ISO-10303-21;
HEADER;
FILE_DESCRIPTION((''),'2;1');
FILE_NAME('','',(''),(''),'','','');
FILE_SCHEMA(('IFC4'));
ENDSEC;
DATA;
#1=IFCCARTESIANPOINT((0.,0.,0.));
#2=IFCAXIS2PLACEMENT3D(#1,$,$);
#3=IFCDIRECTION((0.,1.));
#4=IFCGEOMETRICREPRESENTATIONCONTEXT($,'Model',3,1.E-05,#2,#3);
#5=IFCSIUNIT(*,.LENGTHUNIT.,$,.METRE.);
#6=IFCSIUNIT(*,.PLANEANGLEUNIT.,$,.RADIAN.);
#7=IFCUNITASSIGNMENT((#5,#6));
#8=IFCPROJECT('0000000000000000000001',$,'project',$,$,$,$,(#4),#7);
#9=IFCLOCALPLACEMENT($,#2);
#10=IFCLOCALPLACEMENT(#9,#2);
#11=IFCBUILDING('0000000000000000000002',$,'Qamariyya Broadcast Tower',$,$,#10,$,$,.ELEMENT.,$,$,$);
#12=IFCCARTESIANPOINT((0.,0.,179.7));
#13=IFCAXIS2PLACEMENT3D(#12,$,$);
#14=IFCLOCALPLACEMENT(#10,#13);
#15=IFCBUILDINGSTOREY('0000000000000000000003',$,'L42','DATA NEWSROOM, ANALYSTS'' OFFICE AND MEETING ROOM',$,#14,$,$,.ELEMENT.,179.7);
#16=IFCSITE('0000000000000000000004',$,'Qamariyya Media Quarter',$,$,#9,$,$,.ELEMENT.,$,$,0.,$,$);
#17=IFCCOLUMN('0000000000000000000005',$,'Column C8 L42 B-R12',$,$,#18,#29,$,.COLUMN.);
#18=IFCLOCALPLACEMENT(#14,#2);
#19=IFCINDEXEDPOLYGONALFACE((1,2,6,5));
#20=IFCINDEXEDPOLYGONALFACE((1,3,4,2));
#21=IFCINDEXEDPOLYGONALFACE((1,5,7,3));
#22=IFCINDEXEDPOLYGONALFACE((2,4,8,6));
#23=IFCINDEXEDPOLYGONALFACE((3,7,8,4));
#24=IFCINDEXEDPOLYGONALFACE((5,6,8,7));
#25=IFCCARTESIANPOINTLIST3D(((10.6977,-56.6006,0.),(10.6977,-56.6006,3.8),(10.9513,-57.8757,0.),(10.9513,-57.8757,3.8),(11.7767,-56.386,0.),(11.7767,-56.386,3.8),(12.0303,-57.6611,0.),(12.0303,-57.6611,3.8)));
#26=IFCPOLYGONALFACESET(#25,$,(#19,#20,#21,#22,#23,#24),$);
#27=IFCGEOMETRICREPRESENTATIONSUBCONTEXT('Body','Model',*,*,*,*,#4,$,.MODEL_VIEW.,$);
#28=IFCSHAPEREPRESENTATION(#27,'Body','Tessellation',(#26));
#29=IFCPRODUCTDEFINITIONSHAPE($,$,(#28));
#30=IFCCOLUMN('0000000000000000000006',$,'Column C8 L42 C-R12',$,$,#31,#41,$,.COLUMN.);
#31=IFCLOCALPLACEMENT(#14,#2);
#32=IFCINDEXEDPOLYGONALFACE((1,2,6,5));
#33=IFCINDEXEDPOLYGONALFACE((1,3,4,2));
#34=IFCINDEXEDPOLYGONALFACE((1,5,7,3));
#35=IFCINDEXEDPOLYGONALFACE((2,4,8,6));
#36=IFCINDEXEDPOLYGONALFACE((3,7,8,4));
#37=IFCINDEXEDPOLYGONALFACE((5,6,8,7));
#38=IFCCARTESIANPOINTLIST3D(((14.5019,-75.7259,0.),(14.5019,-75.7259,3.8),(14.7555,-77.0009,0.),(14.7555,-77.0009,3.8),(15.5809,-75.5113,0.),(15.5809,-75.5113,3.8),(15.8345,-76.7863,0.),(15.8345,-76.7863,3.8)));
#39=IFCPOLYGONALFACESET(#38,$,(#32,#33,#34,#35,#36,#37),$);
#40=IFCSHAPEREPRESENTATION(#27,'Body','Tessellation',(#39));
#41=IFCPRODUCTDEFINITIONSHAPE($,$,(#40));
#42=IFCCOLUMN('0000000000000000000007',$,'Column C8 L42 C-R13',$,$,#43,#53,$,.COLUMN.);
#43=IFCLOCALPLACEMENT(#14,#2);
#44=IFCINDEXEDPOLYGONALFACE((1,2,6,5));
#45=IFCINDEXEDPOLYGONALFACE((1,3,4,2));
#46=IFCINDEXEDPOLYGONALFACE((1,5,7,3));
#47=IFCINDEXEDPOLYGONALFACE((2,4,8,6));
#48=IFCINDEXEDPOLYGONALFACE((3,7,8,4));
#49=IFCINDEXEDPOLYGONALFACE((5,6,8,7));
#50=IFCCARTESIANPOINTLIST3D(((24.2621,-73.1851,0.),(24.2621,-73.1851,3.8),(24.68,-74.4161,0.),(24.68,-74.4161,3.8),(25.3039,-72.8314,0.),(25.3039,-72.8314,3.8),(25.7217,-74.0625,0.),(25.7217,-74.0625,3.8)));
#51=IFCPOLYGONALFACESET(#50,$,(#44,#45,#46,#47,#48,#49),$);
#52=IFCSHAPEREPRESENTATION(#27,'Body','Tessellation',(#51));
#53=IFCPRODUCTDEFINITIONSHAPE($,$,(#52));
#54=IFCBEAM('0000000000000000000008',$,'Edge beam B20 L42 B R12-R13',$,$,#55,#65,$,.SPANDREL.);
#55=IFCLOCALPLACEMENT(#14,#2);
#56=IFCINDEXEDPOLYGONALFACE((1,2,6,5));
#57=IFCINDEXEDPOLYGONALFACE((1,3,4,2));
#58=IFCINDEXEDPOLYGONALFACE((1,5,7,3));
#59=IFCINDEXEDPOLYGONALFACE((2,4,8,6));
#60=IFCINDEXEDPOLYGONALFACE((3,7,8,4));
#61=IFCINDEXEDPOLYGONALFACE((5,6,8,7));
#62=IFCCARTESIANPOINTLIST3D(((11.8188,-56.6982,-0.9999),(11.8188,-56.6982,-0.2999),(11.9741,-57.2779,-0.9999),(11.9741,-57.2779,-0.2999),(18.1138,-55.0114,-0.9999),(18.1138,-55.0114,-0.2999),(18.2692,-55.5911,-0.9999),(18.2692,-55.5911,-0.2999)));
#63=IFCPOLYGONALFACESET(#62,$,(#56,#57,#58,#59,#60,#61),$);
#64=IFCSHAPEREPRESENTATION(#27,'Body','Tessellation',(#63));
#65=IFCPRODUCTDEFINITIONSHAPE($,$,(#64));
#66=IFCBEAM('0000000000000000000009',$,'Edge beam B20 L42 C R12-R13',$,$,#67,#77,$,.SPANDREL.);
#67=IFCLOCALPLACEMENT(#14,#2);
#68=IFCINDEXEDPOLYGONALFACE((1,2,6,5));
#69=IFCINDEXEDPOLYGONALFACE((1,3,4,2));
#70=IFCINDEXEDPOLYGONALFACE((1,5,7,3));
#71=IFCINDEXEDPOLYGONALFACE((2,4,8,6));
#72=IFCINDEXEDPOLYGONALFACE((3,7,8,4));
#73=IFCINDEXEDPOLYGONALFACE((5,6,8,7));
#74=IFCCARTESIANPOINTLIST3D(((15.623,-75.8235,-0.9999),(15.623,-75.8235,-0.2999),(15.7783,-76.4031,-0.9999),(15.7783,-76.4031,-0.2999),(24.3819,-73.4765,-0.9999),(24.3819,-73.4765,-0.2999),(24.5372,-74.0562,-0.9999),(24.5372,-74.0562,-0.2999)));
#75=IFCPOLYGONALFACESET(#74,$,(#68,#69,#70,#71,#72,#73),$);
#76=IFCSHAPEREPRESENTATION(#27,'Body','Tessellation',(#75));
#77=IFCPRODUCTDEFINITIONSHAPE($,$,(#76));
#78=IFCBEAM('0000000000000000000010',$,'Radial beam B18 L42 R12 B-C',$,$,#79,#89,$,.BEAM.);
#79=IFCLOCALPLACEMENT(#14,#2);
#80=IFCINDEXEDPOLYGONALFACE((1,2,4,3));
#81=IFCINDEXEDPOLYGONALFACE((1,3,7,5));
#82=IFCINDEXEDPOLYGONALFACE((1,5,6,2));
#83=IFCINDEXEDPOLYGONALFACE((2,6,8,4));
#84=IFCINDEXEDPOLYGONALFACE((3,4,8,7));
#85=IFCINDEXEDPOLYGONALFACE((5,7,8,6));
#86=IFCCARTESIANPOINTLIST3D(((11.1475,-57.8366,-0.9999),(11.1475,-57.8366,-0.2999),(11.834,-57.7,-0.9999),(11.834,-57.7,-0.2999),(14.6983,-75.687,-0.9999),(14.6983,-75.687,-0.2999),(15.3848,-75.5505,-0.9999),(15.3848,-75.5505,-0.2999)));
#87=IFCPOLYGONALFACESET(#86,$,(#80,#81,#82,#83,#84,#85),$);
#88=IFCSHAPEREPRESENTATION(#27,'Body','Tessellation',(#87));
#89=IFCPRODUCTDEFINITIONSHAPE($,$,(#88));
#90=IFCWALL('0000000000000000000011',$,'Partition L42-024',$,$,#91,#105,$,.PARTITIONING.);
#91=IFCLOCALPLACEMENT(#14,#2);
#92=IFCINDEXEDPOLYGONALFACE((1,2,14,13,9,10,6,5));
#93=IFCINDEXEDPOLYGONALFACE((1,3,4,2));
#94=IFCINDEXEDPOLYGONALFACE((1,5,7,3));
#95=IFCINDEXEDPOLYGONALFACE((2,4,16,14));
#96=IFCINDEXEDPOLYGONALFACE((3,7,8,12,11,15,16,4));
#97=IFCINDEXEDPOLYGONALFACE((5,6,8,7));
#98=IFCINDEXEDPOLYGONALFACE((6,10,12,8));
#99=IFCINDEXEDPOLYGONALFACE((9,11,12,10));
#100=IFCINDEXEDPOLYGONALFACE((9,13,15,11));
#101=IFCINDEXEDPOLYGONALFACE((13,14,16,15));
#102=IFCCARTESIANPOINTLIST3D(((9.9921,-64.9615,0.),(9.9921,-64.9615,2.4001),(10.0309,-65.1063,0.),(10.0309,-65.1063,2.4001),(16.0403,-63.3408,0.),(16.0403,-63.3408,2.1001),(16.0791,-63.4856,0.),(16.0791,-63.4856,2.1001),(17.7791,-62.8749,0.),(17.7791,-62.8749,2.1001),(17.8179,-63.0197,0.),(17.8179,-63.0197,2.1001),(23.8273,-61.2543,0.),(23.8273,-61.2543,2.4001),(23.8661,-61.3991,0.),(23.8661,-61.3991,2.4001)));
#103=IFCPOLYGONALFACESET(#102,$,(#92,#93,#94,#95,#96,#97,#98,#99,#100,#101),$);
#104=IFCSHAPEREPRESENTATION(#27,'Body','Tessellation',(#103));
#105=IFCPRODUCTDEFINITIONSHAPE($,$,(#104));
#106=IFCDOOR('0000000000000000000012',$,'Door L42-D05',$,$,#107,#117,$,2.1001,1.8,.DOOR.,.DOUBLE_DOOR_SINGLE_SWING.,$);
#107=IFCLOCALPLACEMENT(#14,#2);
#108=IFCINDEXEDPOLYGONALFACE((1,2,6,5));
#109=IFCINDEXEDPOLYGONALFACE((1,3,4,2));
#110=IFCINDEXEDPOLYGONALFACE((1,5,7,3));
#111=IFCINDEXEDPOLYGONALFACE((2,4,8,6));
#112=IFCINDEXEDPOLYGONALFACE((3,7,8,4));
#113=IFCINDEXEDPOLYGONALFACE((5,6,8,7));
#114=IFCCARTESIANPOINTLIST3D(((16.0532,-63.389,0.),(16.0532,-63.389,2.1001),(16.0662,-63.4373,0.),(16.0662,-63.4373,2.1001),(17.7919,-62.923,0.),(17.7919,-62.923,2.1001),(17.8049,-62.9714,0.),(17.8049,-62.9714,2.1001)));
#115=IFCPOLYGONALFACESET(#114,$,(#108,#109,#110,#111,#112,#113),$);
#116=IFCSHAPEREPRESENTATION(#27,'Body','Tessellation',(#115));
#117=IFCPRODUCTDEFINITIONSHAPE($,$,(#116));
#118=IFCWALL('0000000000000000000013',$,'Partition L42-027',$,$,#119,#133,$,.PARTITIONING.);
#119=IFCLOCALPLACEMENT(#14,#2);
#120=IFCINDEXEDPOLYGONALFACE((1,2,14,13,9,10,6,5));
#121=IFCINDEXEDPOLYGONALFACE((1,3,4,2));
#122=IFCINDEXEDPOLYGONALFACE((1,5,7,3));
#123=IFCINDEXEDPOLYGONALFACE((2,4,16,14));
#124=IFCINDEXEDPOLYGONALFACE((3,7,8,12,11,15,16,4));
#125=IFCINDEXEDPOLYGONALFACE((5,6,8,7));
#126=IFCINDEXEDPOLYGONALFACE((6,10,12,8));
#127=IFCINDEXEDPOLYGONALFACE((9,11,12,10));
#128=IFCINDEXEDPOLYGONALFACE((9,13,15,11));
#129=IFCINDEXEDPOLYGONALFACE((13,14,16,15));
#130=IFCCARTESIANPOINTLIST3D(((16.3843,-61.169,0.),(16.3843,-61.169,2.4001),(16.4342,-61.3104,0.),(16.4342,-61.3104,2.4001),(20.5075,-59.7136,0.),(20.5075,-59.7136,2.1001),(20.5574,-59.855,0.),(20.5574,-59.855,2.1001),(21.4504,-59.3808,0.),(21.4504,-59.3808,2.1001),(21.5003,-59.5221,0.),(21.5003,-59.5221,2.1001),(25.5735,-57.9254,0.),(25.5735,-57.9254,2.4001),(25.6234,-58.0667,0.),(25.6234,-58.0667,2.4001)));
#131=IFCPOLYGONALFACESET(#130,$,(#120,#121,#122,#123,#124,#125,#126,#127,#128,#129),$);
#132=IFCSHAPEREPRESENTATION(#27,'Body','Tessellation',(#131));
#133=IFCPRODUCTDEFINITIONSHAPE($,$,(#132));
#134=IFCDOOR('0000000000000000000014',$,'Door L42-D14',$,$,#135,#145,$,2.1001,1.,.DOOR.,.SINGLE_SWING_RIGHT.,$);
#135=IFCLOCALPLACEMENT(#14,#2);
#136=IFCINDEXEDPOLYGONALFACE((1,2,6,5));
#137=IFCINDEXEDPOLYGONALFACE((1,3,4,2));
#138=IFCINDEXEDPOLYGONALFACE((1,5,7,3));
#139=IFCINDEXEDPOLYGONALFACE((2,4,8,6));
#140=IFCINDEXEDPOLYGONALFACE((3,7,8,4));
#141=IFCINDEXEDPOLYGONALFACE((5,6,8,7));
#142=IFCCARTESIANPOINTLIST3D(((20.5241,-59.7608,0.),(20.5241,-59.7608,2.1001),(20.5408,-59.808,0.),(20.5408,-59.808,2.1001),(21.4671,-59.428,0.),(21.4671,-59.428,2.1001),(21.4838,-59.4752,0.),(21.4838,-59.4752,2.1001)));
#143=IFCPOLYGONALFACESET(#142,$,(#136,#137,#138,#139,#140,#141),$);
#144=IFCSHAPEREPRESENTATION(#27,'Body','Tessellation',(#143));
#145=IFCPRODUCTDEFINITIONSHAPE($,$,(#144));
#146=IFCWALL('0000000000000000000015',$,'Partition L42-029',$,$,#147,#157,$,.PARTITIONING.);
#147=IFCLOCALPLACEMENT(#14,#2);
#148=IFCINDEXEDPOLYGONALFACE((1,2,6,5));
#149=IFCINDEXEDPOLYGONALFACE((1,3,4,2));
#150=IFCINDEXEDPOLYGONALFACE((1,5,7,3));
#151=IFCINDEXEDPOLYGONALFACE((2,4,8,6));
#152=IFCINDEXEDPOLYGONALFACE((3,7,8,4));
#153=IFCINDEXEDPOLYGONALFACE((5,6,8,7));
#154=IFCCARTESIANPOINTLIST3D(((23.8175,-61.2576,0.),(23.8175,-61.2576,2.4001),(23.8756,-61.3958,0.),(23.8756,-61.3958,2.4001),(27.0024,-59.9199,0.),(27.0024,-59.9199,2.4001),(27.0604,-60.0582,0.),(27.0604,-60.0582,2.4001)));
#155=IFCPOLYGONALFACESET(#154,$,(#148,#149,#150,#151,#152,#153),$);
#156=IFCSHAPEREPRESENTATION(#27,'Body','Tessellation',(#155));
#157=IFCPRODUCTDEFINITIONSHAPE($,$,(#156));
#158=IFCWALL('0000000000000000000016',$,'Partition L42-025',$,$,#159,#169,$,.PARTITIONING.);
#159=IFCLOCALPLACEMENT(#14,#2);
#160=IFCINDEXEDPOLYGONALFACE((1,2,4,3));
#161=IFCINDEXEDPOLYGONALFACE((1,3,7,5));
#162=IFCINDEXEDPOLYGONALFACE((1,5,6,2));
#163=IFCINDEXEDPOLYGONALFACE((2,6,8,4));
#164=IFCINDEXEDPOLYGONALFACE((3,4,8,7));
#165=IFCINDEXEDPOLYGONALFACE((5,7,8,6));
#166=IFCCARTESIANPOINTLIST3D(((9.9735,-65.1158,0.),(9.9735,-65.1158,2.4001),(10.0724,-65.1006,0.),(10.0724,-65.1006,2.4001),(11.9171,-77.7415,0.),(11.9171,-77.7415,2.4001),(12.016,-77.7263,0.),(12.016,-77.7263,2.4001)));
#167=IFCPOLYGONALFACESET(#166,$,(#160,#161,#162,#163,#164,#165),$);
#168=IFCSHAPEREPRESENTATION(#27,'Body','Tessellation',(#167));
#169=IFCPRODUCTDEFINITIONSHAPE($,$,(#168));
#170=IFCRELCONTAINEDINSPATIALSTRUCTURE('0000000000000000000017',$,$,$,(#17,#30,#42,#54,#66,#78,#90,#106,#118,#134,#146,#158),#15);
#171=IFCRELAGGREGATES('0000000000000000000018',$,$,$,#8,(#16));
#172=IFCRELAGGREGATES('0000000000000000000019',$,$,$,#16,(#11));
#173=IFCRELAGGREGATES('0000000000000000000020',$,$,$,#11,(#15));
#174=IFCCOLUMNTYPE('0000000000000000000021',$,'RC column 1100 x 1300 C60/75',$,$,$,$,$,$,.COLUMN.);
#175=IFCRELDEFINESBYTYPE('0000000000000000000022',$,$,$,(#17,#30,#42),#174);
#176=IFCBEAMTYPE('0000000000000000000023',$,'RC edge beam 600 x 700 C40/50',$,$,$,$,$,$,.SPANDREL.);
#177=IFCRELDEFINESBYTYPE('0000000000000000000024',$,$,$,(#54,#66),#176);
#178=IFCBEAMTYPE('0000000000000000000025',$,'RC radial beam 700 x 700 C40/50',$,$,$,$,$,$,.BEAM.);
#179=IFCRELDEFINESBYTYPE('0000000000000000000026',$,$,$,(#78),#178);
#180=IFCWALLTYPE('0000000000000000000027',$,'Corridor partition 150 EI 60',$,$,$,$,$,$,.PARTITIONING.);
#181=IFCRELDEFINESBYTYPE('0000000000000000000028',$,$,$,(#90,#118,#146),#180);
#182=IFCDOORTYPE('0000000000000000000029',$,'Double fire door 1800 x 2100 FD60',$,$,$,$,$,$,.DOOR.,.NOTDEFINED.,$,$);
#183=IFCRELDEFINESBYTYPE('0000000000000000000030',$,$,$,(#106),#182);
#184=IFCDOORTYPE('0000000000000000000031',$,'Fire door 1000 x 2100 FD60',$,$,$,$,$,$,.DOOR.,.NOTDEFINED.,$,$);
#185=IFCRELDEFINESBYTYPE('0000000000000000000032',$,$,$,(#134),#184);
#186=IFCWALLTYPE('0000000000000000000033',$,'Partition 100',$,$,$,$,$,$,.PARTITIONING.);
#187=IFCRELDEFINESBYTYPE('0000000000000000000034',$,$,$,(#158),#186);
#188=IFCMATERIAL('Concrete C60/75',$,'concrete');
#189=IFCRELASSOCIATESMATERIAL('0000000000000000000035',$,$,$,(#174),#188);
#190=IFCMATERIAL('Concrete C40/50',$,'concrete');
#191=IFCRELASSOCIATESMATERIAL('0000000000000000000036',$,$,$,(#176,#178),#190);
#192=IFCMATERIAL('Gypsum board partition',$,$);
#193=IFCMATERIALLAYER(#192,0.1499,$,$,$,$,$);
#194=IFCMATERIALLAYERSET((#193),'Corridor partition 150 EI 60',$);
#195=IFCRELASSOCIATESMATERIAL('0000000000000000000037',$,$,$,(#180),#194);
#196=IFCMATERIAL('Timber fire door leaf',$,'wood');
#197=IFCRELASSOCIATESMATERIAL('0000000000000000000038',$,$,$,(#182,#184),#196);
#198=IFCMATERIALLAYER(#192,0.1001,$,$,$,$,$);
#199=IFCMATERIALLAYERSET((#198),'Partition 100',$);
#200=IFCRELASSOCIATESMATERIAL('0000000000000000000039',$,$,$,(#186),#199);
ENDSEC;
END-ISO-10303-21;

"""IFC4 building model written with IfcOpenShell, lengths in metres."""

from ifc_helpers import new_model, si_unit, direction, frame, frame_2d, origin, origin_2d, place, context, subcontext, project, spatial, rectangle, extrude, material, layer, layer_set, material_profile, profile_set, type_object, element, fill, save


model = new_model("IFC4")

# Units and contexts
model_context = context("Model", 3, precision=1e-05, world=origin(), true_north=direction((0.0, 1.0)))
body_context = subcontext(model_context, "Body", "Model", "MODEL_VIEW")
ifc_project = project(units=[si_unit("LENGTHUNIT", "METRE"), si_unit("PLANEANGLEUNIT", "RADIAN")], contexts=[model_context])

# Site, building, storey
site_placement = place(None, origin())
site = spatial("IfcSite", under=ifc_project, at=site_placement, Name="Qamariyya Media Quarter", CompositionType="ELEMENT", RefElevation=0.0)
building_placement = place(site_placement, origin())
building = spatial("IfcBuilding", under=site, at=building_placement, Name="Qamariyya Broadcast Tower", CompositionType="ELEMENT")
storey_placement = place(building_placement, frame((0.0, 0.0, 179.7)))
storey = spatial("IfcBuildingStorey", under=building, at=storey_placement, Name="L42", Description="DATA NEWSROOM, ANALYSTS' OFFICE AND MEETING ROOM", CompositionType="ELEMENT", Elevation=179.7)

# Columns
ifc_material_1 = material(Name="Concrete C60/75", Category="concrete")
ifc_material_profile_1 = material_profile(ifc_material_1, rectangle(XDim=1.1001, YDim=1.3, at=origin_2d()))
ifc_profile_set_1 = profile_set([ifc_material_profile_1], Name="Concrete C60/75")
column_type = type_object("IfcColumnType", Name="RC column 1100 x 1300 C60/75", PredefinedType="COLUMN", material=ifc_profile_set_1)
for number, where, z_axis, x_axis, name in (
    (1, (11.364, -57.1309, 0.0), (0.0, 0.0, 1.0), (0.980785, 0.19509, 0.0), "Column C8 L42 B-R12"),
    (2, (15.1682, -76.2561, 0.0), (0.0, 0.0, 1.0), (0.980785, 0.19509, 0.0), "Column C8 L42 C-R12"),
    (3, (24.9919, -73.6238, 0.0), (0.0, 0.0, 1.0), (0.94693, 0.321439, 0.0), "Column C8 L42 C-R13"),
):
    element("IfcColumn", number, at=place(storey_placement, frame(where, z_axis=z_axis, x_axis=x_axis)), inside=storey, type_object=column_type, Name=name, PredefinedType="COLUMN", context=body_context, shape_type="SweptSolid", body=[
        extrude(rectangle(XDim=1.1001, YDim=1.3, at=origin_2d()), origin(), (0.0, 0.0, 1.0), 3.8),
    ])

# Beams
ifc_material_2 = material(Name="Concrete C40/50", Category="concrete")
ifc_material_profile_2 = material_profile(ifc_material_2, rectangle(XDim=0.6001, YDim=0.7, at=origin_2d()))
ifc_profile_set_2 = profile_set([ifc_material_profile_2], Name="Concrete C40/50")
beam_type_1 = type_object("IfcBeamType", Name="RC edge beam 600 x 700 C40/50", PredefinedType="SPANDREL", material=ifc_profile_set_2)
beam_1_placement = place(storey_placement, frame((11.8965, -56.988, -0.6499), z_axis=(0.965924, 0.258826, 0.0), x_axis=(-0.258826, 0.965924, 0.0)))
element("IfcBeam", 4, at=beam_1_placement, inside=storey, type_object=beam_type_1, Name="Edge beam B20 L42 B R12-R13", PredefinedType="SPANDREL", context=body_context, shape_type="SweptSolid", body=[
    extrude(rectangle(XDim=0.6001, YDim=0.7, at=origin_2d()), origin(), (0.0, 0.0, 1.0), 6.5171),
])
beam_2_placement = place(storey_placement, frame((15.7007, -76.1133, -0.6499), z_axis=(0.965925, 0.25882, 0.0), x_axis=(-0.25882, 0.965925, 0.0)))
element("IfcBeam", 5, at=beam_2_placement, inside=storey, type_object=beam_type_1, Name="Edge beam B20 L42 C R12-R13", PredefinedType="SPANDREL", context=body_context, shape_type="SweptSolid", body=[
    extrude(rectangle(XDim=0.6001, YDim=0.7, at=origin_2d()), origin(), (0.0, 0.0, 1.0), 9.0679),
])
ifc_material_profile_3 = material_profile(ifc_material_2, rectangle(XDim=0.7, YDim=0.7, at=origin_2d()))
ifc_profile_set_3 = profile_set([ifc_material_profile_3], Name="Concrete C40/50")
beam_type_2 = type_object("IfcBeamType", Name="RC radial beam 700 x 700 C40/50", PredefinedType="BEAM", material=ifc_profile_set_3)
beam_3_placement = place(storey_placement, frame((11.4907, -57.7683, -0.6499), z_axis=(0.195097, -0.980784, 0.0), x_axis=(0.980784, 0.195097, 0.0)))
element("IfcBeam", 6, at=beam_3_placement, inside=storey, type_object=beam_type_2, Name="Radial beam B18 L42 R12 B-C", PredefinedType="BEAM", context=body_context, shape_type="SweptSolid", body=[
    extrude(rectangle(XDim=0.7, YDim=0.7, at=origin_2d()), origin(), (0.0, 0.0, 1.0), 18.2002),
])

# Walls, openings, doors
ifc_material_3 = material(Name="Gypsum board partition")
ifc_layer_1 = layer(ifc_material_3, 0.1499)
ifc_layer_set_1 = layer_set([ifc_layer_1], Name="Corridor partition 150 EI 60")
wall_type_1 = type_object("IfcWallType", Name="Corridor partition 150 EI 60", PredefinedType="PARTITIONING", material=ifc_layer_set_1)
wall_1_placement = place(storey_placement, frame((23.8467, -61.3267, 0.0), z_axis=(0.0, 0.0, 1.0), x_axis=(-0.965923, -0.258828, 0.0)))
wall_1 = element("IfcWall", 7, at=wall_1_placement, inside=storey, type_object=wall_type_1, Name="Partition L42-024", PredefinedType="PARTITIONING", context=body_context, shape_type="SweptSolid", body=[
    extrude(rectangle(XDim=14.3232, YDim=0.1499, at=frame_2d((7.1616, 0.0))), origin(), (0.0, 0.0, 1.0), 2.4001),
])
opening_1_placement = place(wall_1_placement, frame((6.2617, 0.0, 0.0)))
opening_1 = element("IfcOpeningElement", 8, at=opening_1_placement, cuts=wall_1, PredefinedType="OPENING", context=body_context, shape_type="SweptSolid", body=[
    extrude(rectangle(XDim=1.8, YDim=2.1001, at=frame_2d((0.8999, 1.05))), frame((0.0, 0.085, 0.0), z_axis=(0.0, -1.0, 0.0), x_axis=(1.0, 0.0, 0.0)), (0.0, 0.0, 1.0), 0.1699),
])
ifc_material_4 = material(Name="Timber fire door leaf", Category="wood")
door_type_1 = type_object("IfcDoorType", Name="Double fire door 1800 x 2100 FD60", OperationType="NOTDEFINED", PredefinedType="DOOR", material=ifc_material_4)
door_1_placement = place(opening_1_placement, origin())
door_1 = element("IfcDoor", 9, at=door_1_placement, inside=storey, type_object=door_type_1, Name="Door L42-D05", OperationType="DOUBLE_DOOR_SINGLE_SWING", OverallHeight=2.1001, OverallWidth=1.8, PredefinedType="DOOR", context=body_context, shape_type="SweptSolid", body=[
    extrude(rectangle(XDim=1.8, YDim=2.1001, at=frame_2d((0.8999, 1.05))), frame((0.0, 0.0249, 0.0), z_axis=(0.0, -1.0, 0.0), x_axis=(1.0, 0.0, 0.0)), (0.0, 0.0, 1.0), 0.05),
])
fill(opening_1, door_1)
wall_2_placement = place(storey_placement, frame((16.4092, -61.2397, 0.0), z_axis=(0.0, 0.0, 1.0), x_axis=(0.942977, 0.332857, 0.0)))
wall_2 = element("IfcWall", 10, at=wall_2_placement, inside=storey, type_object=wall_type_1, Name="Partition L42-027", PredefinedType="PARTITIONING", context=body_context, shape_type="SweptSolid", body=[
    extrude(rectangle(XDim=9.7449, YDim=0.1499, at=frame_2d((4.8726, 0.0))), origin(), (0.0, 0.0, 1.0), 2.4001),
])
opening_2_placement = place(wall_2_placement, frame((4.3726, 0.0, 0.0)))
opening_2 = element("IfcOpeningElement", 11, at=opening_2_placement, cuts=wall_2, PredefinedType="OPENING", context=body_context, shape_type="SweptSolid", body=[
    extrude(rectangle(XDim=1.0, YDim=2.1001, at=frame_2d((0.5, 1.05))), frame((0.0, 0.085, 0.0), z_axis=(0.0, -1.0, 0.0), x_axis=(1.0, 0.0, 0.0)), (0.0, 0.0, 1.0), 0.1699),
])
door_type_2 = type_object("IfcDoorType", Name="Fire door 1000 x 2100 FD60", OperationType="NOTDEFINED", PredefinedType="DOOR", material=ifc_material_4)
door_2_placement = place(opening_2_placement, origin())
door_2 = element("IfcDoor", 12, at=door_2_placement, inside=storey, type_object=door_type_2, Name="Door L42-D14", OperationType="SINGLE_SWING_RIGHT", OverallHeight=2.1001, OverallWidth=1.0, PredefinedType="DOOR", context=body_context, shape_type="SweptSolid", body=[
    extrude(rectangle(XDim=1.0, YDim=2.1001, at=frame_2d((0.5, 1.05))), frame((0.0, 0.0249, 0.0), z_axis=(0.0, -1.0, 0.0), x_axis=(1.0, 0.0, 0.0)), (0.0, 0.0, 1.0), 0.05),
])
fill(opening_2, door_2)

# Walls
wall_3_placement = place(storey_placement, frame((23.8467, -61.3267, 0.0), z_axis=(0.0, 0.0, 1.0), x_axis=(0.92198, 0.387238, 0.0)))
element("IfcWall", 13, at=wall_3_placement, inside=storey, type_object=wall_type_1, Name="Partition L42-029", PredefinedType="PARTITIONING", context=body_context, shape_type="SweptSolid", body=[
    extrude(rectangle(XDim=3.4543, YDim=0.1499, at=frame_2d((1.7271, 0.0))), origin(), (0.0, 0.0, 1.0), 2.4001),
])
ifc_layer_2 = layer(ifc_material_3, 0.1001)
ifc_layer_set_2 = layer_set([ifc_layer_2], Name="Partition 100")
wall_type_2 = type_object("IfcWallType", Name="Partition 100", PredefinedType="PARTITIONING", material=ifc_layer_set_2)
wall_4_placement = place(storey_placement, frame((11.9666, -77.7339, 0.0), z_axis=(0.0, 0.0, 1.0), x_axis=(-0.152148, 0.988358, 0.0)))
element("IfcWall", 14, at=wall_4_placement, inside=storey, type_object=wall_type_2, Name="Partition L42-025", PredefinedType="PARTITIONING", context=body_context, shape_type="SweptSolid", body=[
    extrude(rectangle(XDim=12.7744, YDim=0.1001, at=frame_2d((6.3872, 0.0))), origin(), (0.0, 0.0, 1.0), 2.4001),
])

save(model, "model.ifc")
